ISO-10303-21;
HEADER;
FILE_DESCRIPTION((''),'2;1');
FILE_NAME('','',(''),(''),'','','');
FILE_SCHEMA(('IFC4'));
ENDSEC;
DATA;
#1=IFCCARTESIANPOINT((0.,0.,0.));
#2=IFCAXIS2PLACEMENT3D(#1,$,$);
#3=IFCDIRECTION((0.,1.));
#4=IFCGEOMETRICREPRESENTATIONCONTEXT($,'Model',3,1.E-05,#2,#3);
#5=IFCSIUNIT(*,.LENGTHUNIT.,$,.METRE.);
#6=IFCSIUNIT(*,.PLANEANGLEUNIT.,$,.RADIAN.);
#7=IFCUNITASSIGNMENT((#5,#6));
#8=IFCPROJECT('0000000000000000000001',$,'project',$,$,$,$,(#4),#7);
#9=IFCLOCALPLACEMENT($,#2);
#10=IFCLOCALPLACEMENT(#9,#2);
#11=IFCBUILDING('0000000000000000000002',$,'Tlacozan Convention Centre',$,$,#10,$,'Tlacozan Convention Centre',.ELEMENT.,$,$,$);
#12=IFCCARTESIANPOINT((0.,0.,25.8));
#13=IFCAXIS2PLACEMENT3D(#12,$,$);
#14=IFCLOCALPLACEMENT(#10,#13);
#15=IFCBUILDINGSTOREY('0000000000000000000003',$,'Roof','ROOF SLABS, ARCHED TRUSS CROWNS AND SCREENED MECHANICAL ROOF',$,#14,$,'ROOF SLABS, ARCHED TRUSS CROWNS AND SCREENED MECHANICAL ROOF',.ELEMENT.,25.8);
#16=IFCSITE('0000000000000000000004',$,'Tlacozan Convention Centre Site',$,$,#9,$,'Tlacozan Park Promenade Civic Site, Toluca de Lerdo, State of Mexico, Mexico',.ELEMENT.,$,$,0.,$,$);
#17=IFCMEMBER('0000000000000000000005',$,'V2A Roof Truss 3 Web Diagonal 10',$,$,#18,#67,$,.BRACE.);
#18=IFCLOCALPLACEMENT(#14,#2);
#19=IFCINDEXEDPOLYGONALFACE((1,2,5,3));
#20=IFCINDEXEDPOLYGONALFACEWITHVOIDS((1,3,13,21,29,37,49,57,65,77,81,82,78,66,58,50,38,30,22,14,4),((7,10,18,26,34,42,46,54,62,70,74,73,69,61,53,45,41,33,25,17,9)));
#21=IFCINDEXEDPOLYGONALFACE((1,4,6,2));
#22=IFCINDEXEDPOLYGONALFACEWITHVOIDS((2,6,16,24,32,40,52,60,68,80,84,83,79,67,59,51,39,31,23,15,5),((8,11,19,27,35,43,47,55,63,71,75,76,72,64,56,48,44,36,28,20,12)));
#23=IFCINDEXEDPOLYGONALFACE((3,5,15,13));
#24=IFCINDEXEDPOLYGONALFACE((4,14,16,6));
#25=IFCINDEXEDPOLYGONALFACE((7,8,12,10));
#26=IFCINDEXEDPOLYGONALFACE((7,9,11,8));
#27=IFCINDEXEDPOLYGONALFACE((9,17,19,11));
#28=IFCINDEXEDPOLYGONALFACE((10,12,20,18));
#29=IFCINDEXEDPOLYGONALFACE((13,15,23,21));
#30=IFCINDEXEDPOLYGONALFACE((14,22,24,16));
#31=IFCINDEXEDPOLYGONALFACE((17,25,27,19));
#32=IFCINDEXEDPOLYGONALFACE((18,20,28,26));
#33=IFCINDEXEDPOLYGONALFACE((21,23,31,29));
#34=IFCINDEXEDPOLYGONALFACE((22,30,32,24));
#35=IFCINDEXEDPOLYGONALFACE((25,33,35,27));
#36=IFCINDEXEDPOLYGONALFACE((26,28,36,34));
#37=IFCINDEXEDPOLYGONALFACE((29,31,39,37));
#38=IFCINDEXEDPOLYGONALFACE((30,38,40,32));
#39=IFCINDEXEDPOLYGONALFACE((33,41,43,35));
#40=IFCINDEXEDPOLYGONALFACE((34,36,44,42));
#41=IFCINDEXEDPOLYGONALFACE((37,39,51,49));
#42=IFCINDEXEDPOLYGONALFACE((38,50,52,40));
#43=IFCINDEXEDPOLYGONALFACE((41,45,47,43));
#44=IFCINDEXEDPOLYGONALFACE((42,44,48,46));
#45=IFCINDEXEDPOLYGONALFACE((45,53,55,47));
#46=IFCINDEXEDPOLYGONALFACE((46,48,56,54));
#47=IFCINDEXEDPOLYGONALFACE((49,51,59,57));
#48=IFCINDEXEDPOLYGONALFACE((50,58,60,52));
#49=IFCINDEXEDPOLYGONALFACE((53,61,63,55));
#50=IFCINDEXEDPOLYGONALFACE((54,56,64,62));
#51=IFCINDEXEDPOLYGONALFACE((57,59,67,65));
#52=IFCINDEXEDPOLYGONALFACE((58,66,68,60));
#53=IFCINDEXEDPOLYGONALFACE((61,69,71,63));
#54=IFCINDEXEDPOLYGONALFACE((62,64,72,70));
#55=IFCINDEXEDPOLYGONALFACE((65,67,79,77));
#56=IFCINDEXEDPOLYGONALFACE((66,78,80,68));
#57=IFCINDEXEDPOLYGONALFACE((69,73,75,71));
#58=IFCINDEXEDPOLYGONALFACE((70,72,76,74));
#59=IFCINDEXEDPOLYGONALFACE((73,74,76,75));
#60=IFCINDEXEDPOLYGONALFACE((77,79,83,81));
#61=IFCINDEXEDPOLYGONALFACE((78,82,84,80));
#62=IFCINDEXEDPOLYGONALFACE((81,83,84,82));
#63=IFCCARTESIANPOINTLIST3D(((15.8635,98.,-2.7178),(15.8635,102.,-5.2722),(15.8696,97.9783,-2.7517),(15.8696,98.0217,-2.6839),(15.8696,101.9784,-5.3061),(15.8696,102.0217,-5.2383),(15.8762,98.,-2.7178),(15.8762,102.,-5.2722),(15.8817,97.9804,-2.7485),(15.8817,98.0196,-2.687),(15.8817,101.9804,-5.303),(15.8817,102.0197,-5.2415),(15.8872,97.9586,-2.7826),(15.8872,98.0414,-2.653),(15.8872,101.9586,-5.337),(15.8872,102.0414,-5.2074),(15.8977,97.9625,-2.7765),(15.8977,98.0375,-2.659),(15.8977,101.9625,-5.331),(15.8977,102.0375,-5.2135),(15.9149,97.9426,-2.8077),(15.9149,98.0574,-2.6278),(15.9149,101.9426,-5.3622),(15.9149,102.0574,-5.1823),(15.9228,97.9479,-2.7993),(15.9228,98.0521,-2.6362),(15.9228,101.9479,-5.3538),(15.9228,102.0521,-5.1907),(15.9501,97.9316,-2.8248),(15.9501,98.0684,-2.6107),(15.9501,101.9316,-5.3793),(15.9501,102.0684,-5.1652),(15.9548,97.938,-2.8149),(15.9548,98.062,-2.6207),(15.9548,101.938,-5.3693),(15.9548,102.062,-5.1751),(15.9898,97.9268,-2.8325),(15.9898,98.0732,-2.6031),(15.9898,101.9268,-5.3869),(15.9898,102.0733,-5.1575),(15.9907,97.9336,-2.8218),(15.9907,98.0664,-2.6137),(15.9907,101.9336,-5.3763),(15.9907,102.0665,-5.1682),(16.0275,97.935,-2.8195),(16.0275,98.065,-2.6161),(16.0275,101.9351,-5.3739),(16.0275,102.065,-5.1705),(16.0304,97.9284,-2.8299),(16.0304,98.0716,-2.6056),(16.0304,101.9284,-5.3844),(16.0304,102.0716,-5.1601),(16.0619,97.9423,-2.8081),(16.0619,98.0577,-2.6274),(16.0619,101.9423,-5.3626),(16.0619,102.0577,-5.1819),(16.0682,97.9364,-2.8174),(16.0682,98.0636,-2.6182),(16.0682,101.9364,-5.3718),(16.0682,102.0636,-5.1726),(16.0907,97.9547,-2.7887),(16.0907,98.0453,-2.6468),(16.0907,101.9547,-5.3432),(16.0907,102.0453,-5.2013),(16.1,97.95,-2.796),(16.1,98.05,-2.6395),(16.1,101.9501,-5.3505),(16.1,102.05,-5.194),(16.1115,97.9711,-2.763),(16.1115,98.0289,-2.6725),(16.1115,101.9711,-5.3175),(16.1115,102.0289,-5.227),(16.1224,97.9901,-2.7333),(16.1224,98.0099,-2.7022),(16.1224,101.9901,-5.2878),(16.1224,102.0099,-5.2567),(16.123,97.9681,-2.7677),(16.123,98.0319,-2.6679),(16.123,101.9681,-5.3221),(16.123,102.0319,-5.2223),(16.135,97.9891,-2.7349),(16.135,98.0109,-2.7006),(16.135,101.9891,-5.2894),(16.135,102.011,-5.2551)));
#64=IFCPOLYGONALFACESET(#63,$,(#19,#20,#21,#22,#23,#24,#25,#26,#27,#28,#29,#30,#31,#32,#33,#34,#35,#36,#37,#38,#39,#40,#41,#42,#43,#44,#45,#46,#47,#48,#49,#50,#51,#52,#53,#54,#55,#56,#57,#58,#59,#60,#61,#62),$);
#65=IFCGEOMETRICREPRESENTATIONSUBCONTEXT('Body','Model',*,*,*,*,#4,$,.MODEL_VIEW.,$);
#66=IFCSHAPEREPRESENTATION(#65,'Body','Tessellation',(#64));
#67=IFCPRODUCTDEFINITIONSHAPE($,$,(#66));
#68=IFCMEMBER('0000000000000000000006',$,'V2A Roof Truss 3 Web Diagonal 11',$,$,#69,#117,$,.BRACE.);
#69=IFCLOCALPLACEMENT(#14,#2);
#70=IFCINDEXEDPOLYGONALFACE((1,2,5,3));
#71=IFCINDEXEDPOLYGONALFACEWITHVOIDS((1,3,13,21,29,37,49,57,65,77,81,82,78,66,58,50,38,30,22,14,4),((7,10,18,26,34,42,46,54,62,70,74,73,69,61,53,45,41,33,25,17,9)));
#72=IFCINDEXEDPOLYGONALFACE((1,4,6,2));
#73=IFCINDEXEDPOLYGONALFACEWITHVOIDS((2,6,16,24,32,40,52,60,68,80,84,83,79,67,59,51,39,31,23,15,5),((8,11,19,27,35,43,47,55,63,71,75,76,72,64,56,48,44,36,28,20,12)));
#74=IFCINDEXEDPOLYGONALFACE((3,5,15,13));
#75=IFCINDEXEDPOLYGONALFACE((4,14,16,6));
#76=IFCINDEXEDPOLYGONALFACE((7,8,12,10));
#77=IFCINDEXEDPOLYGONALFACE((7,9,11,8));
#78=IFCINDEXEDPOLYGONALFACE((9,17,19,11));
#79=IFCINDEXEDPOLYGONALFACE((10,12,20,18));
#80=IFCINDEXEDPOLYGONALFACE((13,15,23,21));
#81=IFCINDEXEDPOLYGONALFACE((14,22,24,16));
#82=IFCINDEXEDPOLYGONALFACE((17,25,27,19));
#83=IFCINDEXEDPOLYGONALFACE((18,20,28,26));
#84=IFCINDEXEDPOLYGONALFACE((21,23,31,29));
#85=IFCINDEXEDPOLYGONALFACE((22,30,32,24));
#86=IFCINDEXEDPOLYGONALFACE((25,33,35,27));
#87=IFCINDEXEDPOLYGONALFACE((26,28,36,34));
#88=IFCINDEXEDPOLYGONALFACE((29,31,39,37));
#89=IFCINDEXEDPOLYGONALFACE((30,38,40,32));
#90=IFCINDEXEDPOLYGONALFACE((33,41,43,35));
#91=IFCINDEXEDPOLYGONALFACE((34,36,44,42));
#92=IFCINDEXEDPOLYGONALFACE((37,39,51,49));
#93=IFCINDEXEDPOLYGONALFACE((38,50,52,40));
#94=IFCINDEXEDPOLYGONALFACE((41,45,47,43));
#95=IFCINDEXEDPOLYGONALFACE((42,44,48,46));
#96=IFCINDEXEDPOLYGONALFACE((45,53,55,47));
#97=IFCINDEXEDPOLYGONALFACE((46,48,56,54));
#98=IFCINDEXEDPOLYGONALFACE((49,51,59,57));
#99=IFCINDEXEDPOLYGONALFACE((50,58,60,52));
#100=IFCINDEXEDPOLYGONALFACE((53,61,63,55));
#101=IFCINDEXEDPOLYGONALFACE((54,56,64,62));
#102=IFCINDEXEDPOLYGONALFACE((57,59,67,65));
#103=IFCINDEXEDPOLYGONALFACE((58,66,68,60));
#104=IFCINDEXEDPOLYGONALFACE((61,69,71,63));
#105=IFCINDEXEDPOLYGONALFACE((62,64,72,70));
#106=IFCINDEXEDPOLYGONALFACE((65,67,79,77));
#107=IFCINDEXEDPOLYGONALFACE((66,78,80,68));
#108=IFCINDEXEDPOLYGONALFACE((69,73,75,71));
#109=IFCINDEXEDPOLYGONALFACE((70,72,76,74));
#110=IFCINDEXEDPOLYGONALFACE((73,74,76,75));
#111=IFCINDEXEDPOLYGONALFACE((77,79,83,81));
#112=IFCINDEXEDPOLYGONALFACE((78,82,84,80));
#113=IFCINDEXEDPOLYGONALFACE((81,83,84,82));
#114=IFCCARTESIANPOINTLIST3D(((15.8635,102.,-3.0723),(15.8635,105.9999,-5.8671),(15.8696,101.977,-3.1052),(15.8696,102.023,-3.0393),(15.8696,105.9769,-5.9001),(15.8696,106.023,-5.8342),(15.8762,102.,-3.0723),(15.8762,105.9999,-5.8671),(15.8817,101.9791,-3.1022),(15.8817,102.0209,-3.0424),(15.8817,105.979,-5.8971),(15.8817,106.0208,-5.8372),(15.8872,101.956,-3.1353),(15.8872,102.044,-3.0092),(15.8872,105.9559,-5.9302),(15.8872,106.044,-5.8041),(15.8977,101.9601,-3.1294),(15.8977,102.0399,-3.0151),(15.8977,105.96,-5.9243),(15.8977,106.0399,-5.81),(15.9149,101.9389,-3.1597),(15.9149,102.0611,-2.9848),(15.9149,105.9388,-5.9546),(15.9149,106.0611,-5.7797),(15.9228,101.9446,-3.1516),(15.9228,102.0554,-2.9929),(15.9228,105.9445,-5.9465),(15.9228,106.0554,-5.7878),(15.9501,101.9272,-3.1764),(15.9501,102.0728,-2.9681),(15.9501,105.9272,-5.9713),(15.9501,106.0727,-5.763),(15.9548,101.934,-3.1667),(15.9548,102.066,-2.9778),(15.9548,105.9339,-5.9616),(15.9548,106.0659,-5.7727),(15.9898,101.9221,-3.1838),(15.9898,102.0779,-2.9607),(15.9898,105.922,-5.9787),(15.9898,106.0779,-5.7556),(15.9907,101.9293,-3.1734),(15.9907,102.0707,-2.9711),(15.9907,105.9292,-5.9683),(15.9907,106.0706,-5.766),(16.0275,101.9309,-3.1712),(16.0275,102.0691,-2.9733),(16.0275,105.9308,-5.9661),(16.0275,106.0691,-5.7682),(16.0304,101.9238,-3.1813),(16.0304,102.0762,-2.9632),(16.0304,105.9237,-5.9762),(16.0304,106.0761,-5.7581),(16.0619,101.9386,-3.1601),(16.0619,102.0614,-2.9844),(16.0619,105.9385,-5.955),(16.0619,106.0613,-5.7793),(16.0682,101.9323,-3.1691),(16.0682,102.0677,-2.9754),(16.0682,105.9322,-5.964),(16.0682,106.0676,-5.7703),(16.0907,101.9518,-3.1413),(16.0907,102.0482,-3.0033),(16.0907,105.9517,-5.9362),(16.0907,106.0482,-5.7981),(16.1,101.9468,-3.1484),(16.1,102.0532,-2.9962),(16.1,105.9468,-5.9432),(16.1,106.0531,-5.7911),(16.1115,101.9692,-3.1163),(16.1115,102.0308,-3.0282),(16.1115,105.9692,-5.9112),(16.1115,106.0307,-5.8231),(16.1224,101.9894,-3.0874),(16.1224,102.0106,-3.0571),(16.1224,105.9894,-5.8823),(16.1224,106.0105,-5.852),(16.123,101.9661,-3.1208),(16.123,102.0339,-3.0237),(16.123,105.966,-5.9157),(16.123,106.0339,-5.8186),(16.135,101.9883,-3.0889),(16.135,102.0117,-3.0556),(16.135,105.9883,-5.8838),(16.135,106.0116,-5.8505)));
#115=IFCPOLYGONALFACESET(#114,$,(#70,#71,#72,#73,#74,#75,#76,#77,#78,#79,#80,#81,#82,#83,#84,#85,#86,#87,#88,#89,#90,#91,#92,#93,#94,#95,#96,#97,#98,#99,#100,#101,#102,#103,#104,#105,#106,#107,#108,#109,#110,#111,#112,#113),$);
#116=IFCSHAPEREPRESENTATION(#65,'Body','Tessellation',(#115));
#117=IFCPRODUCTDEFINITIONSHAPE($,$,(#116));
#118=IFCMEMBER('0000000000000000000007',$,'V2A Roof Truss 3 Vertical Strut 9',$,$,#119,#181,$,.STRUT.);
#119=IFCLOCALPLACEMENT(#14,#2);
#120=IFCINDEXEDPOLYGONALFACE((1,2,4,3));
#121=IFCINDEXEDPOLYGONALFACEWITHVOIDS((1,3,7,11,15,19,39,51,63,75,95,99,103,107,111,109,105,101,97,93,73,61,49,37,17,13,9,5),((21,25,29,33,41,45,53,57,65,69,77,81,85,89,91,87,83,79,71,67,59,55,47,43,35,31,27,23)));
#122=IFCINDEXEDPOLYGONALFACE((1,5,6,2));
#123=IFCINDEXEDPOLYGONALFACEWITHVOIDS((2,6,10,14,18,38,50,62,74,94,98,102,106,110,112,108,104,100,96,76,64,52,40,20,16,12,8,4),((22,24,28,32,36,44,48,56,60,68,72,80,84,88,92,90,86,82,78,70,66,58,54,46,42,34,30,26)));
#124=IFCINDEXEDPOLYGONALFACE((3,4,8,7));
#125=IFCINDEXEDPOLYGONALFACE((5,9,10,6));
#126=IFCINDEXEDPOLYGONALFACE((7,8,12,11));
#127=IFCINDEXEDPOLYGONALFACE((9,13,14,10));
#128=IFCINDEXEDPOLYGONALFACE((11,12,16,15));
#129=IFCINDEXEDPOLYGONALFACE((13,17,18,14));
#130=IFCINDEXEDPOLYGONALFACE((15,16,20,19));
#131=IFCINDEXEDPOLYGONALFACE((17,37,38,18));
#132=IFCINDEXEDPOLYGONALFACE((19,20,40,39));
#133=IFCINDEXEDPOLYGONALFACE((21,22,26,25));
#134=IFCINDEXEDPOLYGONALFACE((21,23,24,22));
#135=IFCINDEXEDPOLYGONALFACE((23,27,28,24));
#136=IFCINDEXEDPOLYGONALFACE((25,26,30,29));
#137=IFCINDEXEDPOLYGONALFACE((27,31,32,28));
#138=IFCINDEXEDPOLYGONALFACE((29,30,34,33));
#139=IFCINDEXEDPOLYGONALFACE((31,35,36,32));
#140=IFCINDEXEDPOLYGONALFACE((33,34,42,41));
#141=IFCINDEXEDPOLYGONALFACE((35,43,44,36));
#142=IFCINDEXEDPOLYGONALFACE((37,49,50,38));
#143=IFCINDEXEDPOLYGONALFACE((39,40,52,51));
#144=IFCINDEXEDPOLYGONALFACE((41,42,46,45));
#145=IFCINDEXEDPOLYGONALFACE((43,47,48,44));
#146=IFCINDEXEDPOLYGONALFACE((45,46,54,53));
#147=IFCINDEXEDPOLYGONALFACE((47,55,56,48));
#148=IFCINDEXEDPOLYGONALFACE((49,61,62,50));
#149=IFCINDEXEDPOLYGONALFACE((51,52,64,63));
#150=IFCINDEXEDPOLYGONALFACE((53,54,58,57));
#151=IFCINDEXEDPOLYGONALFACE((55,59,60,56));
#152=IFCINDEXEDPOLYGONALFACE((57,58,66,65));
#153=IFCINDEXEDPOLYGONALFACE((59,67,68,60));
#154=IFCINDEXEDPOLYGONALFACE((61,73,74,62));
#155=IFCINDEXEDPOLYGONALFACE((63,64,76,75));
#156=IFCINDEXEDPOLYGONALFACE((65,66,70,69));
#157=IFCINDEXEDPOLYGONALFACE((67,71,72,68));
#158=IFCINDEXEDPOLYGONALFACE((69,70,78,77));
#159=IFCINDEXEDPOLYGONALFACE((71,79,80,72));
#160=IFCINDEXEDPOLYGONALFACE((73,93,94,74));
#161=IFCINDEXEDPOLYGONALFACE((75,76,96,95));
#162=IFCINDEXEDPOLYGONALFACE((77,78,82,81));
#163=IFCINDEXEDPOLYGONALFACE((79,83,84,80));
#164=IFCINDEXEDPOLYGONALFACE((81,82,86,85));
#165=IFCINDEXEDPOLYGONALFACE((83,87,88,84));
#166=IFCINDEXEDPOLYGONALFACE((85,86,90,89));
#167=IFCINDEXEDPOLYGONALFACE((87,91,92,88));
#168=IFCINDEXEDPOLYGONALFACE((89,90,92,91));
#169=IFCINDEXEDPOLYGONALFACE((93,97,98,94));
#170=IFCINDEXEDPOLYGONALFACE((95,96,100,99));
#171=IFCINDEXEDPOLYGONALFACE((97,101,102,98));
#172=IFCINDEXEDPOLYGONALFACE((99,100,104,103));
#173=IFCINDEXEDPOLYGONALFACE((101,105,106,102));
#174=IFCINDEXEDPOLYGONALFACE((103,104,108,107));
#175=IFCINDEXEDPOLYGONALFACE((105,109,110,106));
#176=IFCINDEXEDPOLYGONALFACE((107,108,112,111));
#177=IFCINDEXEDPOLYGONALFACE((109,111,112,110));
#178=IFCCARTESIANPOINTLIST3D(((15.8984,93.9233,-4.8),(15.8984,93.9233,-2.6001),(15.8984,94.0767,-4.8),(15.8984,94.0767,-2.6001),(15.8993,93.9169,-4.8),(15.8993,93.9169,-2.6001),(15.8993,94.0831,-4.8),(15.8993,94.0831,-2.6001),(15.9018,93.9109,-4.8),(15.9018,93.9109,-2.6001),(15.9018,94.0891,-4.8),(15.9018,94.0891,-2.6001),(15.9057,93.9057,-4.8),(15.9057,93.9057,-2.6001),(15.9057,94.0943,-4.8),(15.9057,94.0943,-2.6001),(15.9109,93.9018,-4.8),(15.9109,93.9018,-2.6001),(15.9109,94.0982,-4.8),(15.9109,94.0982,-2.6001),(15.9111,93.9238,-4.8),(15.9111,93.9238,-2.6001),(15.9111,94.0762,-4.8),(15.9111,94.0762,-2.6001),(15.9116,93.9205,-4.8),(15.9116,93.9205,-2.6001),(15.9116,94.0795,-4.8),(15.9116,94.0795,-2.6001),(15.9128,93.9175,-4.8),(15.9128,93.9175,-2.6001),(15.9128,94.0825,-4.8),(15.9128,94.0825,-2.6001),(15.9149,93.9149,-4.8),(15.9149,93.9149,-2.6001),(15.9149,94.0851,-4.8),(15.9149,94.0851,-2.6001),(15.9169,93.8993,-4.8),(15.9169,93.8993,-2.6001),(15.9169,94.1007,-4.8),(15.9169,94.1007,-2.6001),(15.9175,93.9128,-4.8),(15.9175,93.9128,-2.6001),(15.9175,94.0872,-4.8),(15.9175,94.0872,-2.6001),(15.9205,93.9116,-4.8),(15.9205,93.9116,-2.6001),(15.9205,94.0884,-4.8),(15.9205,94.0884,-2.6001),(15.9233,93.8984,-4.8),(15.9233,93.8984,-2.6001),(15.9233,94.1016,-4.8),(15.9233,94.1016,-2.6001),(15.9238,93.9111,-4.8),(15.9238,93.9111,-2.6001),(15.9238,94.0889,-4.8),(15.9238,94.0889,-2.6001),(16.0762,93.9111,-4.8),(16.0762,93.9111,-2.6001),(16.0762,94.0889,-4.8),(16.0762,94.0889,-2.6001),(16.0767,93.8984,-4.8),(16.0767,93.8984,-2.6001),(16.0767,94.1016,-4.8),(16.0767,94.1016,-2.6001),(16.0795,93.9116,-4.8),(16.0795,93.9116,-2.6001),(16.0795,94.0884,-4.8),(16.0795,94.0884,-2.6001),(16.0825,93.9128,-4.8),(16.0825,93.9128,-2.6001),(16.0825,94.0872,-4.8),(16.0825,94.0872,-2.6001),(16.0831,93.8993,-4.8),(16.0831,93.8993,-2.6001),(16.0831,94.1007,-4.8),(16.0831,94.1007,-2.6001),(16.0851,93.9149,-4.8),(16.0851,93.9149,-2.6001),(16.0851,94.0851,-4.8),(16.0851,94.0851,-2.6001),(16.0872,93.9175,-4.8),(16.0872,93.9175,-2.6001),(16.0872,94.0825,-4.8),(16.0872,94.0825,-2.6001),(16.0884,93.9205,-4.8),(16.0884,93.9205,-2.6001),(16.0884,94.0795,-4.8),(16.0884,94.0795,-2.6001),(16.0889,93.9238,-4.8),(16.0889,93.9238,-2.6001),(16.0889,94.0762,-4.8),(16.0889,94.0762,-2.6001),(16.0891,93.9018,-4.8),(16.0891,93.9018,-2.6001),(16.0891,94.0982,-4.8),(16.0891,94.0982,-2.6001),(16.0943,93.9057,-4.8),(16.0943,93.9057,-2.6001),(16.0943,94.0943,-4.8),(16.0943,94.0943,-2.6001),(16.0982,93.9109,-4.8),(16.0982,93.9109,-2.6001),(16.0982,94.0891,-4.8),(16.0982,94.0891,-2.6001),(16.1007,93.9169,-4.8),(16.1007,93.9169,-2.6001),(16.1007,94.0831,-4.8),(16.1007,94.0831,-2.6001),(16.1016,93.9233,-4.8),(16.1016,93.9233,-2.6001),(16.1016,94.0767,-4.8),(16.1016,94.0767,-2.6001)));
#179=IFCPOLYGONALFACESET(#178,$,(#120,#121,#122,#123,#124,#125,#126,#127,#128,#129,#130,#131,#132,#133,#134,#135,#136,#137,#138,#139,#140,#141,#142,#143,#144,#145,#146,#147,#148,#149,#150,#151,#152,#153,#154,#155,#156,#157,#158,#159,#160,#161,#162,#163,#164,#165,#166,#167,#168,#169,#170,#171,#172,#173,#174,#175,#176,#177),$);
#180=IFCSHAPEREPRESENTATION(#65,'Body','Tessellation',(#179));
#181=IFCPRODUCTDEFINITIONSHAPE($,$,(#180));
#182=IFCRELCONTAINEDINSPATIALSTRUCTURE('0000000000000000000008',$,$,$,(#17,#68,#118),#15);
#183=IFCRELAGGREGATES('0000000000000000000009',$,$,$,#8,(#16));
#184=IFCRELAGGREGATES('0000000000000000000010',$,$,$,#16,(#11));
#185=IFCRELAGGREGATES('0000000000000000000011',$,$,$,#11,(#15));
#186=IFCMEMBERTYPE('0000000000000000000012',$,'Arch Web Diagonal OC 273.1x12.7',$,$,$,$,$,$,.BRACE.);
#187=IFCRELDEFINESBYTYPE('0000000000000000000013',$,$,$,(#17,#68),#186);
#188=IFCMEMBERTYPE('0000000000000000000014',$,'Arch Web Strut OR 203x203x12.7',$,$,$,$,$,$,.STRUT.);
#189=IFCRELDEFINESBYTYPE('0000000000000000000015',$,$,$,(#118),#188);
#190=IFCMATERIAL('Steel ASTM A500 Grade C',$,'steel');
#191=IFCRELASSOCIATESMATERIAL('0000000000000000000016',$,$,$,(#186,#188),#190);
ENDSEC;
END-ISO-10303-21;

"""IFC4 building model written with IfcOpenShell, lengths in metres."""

from ifc_helpers import new_model, si_unit, direction, frame, origin, origin_2d, place, context, subcontext, project, spatial, hollow_rectangle, hollow_circle, extrude, material, material_profile, profile_set, type_object, element, save


model = new_model("IFC4")

# Units and contexts
model_context = context("Model", 3, precision=1e-05, world=origin(), true_north=direction((0.0, 1.0)))
body_context = subcontext(model_context, "Body", "Model", "MODEL_VIEW")
ifc_project = project(units=[si_unit("LENGTHUNIT", "METRE"), si_unit("PLANEANGLEUNIT", "RADIAN")], contexts=[model_context])

# Site, building, storey
site_placement = place(None, origin())
site = spatial("IfcSite", under=ifc_project, at=site_placement, Name="Tlacozan Convention Centre Site", LongName="Tlacozan Park Promenade Civic Site, Toluca de Lerdo, State of Mexico, Mexico", CompositionType="ELEMENT", RefElevation=0.0)
building_placement = place(site_placement, origin())
building = spatial("IfcBuilding", under=site, at=building_placement, Name="Tlacozan Convention Centre", LongName="Tlacozan Convention Centre", CompositionType="ELEMENT")
storey_placement = place(building_placement, frame((0.0, 0.0, 25.8)))
storey = spatial("IfcBuildingStorey", under=building, at=storey_placement, Name="Roof", Description="ROOF SLABS, ARCHED TRUSS CROWNS AND SCREENED MECHANICAL ROOF", LongName="ROOF SLABS, ARCHED TRUSS CROWNS AND SCREENED MECHANICAL ROOF", CompositionType="ELEMENT", Elevation=25.8)

# Members
ifc_material_1 = material(Name="Steel ASTM A500 Grade C", Category="steel")
ifc_material_profile_1 = material_profile(ifc_material_1, hollow_circle(Radius=0.1365, WallThickness=0.0127, at=origin_2d()), Name="OC 273.1x12.7")
ifc_profile_set_1 = profile_set([ifc_material_profile_1], Name="Steel ASTM A500 Grade C")
member_type_1 = type_object("IfcMemberType", Name="Arch Web Diagonal OC 273.1x12.7", PredefinedType="BRACE", material=ifc_profile_set_1)
member_1_placement = place(storey_placement, frame((16.0, 98.0, -2.7178), z_axis=(0.0, 0.842803, -0.538223), x_axis=(-1.0, 0.0, 0.0)))
element("IfcMember", 1, at=member_1_placement, inside=storey, type_object=member_type_1, Name="V2A Roof Truss 3 Web Diagonal 10", PredefinedType="BRACE", context=body_context, shape_type="SweptSolid", body=[
    extrude(hollow_circle(Radius=0.1365, WallThickness=0.0127, at=origin_2d()), origin(), (0.0, 0.0, 1.0), 4.7461),
])
member_2_placement = place(storey_placement, frame((16.0, 102.0, -3.0723), z_axis=(0.0, 0.819721, -0.572764), x_axis=(-1.0, 0.0, 0.0)))
element("IfcMember", 2, at=member_2_placement, inside=storey, type_object=member_type_1, Name="V2A Roof Truss 3 Web Diagonal 11", PredefinedType="BRACE", context=body_context, shape_type="SweptSolid", body=[
    extrude(hollow_circle(Radius=0.1365, WallThickness=0.0127, at=origin_2d()), origin(), (0.0, 0.0, 1.0), 4.8796),
])
ifc_material_profile_2 = material_profile(ifc_material_1, hollow_rectangle(XDim=0.2031, YDim=0.2031, WallThickness=0.0127, InnerFilletRadius=0.0127, OuterFilletRadius=0.0249, at=origin_2d()), Name="OR 203x203x12.7")
ifc_profile_set_2 = profile_set([ifc_material_profile_2], Name="Steel ASTM A500 Grade C")
member_type_2 = type_object("IfcMemberType", Name="Arch Web Strut OR 203x203x12.7", PredefinedType="STRUT", material=ifc_profile_set_2)
for number, where, z_axis, x_axis, name in (
    (3, (16.0, 94.0, -4.8), (0.0, 0.0, 1.0), (1.0, 0.0, 0.0), "V2A Roof Truss 3 Vertical Strut 9"),
):
    element("IfcMember", number, at=place(storey_placement, frame(where, z_axis=z_axis, x_axis=x_axis)), inside=storey, type_object=member_type_2, Name=name, PredefinedType="STRUT", context=body_context, shape_type="SweptSolid", body=[
        extrude(hollow_rectangle(XDim=0.2031, YDim=0.2031, WallThickness=0.0127, InnerFilletRadius=0.0127, OuterFilletRadius=0.0249, at=origin_2d()), origin(), (0.0, 0.0, 1.0), 2.2),
    ])

save(model, "model.ifc")
